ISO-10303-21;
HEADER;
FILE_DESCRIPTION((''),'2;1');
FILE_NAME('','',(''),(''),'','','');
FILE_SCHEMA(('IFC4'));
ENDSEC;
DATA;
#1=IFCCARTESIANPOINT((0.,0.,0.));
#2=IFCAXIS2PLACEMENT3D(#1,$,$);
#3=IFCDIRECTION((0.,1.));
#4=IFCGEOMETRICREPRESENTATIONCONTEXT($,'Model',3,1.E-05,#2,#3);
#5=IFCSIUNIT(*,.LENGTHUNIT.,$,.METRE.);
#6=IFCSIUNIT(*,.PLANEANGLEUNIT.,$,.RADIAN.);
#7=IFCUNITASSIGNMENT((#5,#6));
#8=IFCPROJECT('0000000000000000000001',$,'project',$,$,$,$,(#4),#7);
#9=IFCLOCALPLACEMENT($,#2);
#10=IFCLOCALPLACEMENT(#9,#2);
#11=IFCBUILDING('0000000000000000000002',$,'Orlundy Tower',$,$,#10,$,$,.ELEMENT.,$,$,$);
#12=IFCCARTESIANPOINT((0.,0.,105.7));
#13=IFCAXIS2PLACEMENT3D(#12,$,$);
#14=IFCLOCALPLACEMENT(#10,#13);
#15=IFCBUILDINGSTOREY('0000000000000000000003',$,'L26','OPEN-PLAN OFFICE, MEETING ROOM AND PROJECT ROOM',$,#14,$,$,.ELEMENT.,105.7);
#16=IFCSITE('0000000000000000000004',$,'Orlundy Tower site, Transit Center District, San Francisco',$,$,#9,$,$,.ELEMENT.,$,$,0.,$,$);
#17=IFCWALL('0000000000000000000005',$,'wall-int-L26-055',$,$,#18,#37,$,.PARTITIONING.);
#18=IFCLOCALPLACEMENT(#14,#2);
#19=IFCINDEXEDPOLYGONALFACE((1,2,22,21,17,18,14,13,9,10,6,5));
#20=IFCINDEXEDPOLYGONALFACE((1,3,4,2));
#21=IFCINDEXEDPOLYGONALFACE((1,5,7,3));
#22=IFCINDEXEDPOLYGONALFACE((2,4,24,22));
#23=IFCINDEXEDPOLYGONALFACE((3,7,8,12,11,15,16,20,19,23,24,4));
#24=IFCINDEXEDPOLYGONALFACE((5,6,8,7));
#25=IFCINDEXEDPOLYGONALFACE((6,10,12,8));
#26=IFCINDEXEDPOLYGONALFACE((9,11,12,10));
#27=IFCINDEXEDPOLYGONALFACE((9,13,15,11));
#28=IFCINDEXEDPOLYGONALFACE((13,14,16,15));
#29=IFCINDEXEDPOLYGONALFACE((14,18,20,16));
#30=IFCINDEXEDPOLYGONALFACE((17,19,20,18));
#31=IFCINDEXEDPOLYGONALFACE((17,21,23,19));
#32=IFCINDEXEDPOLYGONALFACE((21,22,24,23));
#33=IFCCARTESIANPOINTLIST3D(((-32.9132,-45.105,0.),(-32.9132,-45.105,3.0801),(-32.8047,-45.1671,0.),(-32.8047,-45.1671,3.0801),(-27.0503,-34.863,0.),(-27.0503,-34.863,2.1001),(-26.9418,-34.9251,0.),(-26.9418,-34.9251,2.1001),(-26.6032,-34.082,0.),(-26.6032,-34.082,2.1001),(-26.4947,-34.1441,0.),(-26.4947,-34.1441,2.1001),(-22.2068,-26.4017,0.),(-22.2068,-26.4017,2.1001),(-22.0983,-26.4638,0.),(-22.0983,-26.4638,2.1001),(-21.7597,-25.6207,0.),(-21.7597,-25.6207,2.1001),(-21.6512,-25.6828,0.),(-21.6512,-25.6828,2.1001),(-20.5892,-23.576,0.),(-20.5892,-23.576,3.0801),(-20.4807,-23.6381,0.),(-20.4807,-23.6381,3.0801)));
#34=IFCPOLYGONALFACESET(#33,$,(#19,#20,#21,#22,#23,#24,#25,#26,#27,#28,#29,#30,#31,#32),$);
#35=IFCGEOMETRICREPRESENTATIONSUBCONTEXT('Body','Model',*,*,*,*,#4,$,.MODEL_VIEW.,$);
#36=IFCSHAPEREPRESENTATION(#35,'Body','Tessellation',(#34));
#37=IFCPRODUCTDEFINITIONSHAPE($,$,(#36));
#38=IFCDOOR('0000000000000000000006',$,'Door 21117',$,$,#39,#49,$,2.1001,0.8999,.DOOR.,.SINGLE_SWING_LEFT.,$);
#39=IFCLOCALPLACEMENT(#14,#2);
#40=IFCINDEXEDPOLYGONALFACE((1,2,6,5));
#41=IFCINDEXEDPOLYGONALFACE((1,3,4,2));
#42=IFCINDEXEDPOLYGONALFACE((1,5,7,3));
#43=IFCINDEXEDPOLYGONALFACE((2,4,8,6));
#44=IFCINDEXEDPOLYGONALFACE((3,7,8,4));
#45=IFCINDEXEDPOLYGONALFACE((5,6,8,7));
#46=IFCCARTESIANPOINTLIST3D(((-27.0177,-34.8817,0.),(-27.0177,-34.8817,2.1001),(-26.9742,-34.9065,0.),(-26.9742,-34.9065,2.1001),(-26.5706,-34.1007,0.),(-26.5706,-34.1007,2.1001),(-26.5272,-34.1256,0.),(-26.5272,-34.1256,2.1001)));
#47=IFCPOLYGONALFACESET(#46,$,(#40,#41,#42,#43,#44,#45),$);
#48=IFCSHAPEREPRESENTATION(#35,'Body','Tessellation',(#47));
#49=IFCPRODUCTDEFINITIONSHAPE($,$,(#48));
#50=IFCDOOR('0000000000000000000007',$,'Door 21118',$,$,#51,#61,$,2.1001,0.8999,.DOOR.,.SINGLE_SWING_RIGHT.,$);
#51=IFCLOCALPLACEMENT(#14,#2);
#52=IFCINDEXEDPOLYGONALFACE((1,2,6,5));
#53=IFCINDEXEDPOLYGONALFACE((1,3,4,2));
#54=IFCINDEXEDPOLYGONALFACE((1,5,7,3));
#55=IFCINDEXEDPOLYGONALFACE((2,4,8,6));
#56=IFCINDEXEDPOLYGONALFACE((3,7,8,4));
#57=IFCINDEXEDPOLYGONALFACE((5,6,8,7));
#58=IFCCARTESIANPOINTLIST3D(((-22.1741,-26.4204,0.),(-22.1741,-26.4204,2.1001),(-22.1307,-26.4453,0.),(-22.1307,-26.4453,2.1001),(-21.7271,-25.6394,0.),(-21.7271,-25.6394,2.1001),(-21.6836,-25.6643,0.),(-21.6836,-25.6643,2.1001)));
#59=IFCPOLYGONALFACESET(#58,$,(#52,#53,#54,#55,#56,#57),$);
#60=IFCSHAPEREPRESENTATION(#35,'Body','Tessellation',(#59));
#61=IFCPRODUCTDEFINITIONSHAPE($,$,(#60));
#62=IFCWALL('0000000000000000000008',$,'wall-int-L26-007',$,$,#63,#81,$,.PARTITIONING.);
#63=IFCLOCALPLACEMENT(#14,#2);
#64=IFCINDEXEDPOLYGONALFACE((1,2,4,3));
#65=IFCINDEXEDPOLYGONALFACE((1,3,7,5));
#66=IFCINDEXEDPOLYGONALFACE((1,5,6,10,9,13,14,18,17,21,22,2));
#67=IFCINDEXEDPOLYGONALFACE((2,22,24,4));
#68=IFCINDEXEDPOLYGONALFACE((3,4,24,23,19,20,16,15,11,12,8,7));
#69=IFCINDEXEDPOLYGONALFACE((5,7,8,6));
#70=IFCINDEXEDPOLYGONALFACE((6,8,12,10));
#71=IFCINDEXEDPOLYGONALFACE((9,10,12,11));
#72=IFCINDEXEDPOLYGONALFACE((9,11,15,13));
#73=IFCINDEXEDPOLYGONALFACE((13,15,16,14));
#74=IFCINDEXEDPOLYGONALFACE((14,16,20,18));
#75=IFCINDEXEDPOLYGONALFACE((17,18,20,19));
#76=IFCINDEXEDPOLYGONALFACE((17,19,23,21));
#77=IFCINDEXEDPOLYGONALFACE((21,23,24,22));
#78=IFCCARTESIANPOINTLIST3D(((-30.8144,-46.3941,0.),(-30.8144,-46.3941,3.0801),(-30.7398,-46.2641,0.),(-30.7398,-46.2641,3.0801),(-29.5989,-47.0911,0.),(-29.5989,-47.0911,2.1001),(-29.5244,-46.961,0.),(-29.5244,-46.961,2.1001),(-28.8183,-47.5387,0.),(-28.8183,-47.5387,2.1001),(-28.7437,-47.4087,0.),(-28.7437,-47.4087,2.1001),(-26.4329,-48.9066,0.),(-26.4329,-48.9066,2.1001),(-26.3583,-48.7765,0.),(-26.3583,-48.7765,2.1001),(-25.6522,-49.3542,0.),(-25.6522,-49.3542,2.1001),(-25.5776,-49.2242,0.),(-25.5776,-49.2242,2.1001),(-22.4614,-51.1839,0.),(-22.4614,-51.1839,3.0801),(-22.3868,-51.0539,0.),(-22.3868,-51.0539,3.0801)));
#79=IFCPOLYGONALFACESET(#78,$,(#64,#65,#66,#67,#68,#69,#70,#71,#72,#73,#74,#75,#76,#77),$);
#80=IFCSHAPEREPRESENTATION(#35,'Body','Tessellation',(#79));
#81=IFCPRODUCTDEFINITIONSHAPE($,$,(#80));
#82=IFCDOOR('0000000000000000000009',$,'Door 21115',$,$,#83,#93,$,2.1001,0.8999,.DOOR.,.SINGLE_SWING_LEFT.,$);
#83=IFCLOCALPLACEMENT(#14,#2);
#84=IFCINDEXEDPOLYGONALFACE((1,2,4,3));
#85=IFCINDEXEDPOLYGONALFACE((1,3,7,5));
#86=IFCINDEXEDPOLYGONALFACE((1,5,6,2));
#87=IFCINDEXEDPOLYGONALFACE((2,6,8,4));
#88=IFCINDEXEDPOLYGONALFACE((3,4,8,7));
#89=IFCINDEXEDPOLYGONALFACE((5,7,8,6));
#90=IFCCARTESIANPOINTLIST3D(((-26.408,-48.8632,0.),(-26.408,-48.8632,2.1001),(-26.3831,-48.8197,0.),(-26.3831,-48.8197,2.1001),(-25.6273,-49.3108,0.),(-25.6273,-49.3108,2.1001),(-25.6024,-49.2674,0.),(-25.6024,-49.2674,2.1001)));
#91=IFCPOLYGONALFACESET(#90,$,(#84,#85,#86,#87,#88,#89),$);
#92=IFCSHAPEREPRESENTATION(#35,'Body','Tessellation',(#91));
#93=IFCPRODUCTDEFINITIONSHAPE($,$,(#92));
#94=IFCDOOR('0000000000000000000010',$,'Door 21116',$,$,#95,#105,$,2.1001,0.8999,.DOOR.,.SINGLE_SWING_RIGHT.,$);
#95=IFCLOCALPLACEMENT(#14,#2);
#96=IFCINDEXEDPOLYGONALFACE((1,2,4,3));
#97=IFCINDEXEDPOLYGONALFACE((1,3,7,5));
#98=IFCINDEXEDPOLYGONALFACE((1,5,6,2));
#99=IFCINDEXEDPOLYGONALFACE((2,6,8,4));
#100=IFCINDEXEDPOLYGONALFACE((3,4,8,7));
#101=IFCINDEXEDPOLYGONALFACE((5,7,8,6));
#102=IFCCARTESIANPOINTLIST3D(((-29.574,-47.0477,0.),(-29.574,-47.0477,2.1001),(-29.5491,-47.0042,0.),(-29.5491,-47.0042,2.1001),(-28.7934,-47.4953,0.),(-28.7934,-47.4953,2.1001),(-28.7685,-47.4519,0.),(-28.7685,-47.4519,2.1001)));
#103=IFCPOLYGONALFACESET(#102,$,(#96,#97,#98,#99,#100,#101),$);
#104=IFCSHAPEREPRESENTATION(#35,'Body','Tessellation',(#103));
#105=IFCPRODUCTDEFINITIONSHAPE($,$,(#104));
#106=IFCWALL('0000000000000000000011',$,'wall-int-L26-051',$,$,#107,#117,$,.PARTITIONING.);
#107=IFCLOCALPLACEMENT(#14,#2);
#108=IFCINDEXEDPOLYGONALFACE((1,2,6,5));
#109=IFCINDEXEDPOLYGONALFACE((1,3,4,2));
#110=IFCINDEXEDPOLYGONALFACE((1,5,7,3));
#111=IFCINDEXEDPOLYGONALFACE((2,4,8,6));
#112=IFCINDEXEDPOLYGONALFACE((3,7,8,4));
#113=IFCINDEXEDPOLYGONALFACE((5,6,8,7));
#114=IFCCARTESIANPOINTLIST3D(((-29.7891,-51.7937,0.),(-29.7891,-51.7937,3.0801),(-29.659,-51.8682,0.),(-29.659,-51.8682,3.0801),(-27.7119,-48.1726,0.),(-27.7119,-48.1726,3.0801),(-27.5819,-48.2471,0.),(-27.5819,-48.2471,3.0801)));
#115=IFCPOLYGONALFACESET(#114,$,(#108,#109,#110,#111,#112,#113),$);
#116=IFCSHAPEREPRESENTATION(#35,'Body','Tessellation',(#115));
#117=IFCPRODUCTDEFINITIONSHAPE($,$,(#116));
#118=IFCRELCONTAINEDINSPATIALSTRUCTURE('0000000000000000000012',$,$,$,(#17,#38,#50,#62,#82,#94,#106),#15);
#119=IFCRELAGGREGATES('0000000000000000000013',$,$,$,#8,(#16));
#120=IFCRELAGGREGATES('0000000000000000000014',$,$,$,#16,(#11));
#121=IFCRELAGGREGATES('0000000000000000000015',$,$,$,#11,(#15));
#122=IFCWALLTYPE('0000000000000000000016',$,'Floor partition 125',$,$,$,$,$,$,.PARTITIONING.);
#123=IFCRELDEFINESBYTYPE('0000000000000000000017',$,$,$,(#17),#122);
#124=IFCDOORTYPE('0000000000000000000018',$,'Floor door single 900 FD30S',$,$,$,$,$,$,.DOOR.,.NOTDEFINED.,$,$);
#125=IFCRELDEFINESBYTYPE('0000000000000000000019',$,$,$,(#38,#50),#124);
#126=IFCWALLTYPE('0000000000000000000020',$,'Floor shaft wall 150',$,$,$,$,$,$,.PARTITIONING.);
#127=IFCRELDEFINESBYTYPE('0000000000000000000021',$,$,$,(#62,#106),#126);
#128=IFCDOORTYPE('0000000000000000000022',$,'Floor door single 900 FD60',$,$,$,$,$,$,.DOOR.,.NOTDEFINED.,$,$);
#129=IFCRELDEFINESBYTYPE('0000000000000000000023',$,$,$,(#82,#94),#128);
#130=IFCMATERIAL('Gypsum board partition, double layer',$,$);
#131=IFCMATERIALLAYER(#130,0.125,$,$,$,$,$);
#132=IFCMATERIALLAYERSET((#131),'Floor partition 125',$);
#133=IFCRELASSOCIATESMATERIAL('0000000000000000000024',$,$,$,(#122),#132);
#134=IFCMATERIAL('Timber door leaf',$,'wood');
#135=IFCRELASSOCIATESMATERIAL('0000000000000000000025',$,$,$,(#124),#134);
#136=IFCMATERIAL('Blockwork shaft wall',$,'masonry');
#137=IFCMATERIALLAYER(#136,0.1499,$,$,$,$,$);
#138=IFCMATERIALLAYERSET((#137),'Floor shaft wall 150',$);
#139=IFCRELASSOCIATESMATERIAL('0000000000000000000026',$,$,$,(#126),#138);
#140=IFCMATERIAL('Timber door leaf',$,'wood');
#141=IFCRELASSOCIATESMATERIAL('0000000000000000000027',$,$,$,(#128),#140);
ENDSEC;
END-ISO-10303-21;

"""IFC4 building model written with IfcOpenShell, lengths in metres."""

from ifc_helpers import new_model, si_unit, direction, frame, frame_2d, origin, place, context, subcontext, project, spatial, rectangle, extrude, material, layer, layer_set, type_object, element, fill, save


model = new_model("IFC4")

# Units and contexts
model_context = context("Model", 3, precision=1e-05, world=origin(), true_north=direction((0.0, 1.0)))
body_context = subcontext(model_context, "Body", "Model", "MODEL_VIEW")
ifc_project = project(units=[si_unit("LENGTHUNIT", "METRE"), si_unit("PLANEANGLEUNIT", "RADIAN")], contexts=[model_context])

# Site, building, storey
site_placement = place(None, origin())
site = spatial("IfcSite", under=ifc_project, at=site_placement, Name="Orlundy Tower site, Transit Center District, San Francisco", CompositionType="ELEMENT", RefElevation=0.0)
building_placement = place(site_placement, origin())
building = spatial("IfcBuilding", under=site, at=building_placement, Name="Orlundy Tower", CompositionType="ELEMENT")
storey_placement = place(building_placement, frame((0.0, 0.0, 105.7)))
storey = spatial("IfcBuildingStorey", under=building, at=storey_placement, Name="L26", Description="OPEN-PLAN OFFICE, MEETING ROOM AND PROJECT ROOM", CompositionType="ELEMENT", Elevation=105.7)

# Shared definitions
ifc_material_1 = material(Name="Gypsum board partition, double layer")
ifc_layer_1 = layer(ifc_material_1, 0.125)
ifc_layer_set_1 = layer_set([ifc_layer_1], Name="Floor partition 125")
wall_type_1 = type_object("IfcWallType", Name="Floor partition 125", PredefinedType="PARTITIONING", material=ifc_layer_set_1)

# Walls, openings, doors
ifc_material_2 = material(Name="Timber door leaf", Category="wood")
door_type_1 = type_object("IfcDoorType", Name="Floor door single 900 FD30S", OperationType="NOTDEFINED", PredefinedType="DOOR", material=ifc_material_2)
wall_1_placement = place(storey_placement, frame((-32.8589, -45.136, 0.0), z_axis=(0.0, 0.0, 1.0), x_axis=(0.496797, 0.867867, 0.0)))
wall_1 = element("IfcWall", 1, at=wall_1_placement, inside=storey, type_object=wall_type_1, Name="wall-int-L26-055", PredefinedType="PARTITIONING", context=body_context, shape_type="SweptSolid", body=[
    extrude(rectangle(XDim=24.8069, YDim=0.125, at=frame_2d((12.4033, 0.0))), origin(), (0.0, 0.0, 1.0), 3.0801),
])
opening_1_placement = place(wall_1_placement, frame((11.8013, 0.0, 0.0)))
opening_1 = element("IfcOpeningElement", 2, at=opening_1_placement, cuts=wall_1, PredefinedType="OPENING", context=body_context, shape_type="SweptSolid", body=[
    extrude(rectangle(XDim=0.8999, YDim=2.1001, at=frame_2d((0.45, 1.05))), frame((0.0, 0.0725, 0.0), z_axis=(0.0, -1.0, 0.0), x_axis=(1.0, 0.0, 0.0)), (0.0, 0.0, 1.0), 0.145),
])
opening_2_placement = place(wall_1_placement, frame((21.5508, 0.0, 0.0)))
opening_2 = element("IfcOpeningElement", 3, at=opening_2_placement, cuts=wall_1, PredefinedType="OPENING", context=body_context, shape_type="SweptSolid", body=[
    extrude(rectangle(XDim=0.8999, YDim=2.1001, at=frame_2d((0.45, 1.05))), frame((0.0, 0.0725, 0.0), z_axis=(0.0, -1.0, 0.0), x_axis=(1.0, 0.0, 0.0)), (0.0, 0.0, 1.0), 0.145),
])
door_1_placement = place(opening_1_placement, origin())
door_1 = element("IfcDoor", 4, at=door_1_placement, inside=storey, type_object=door_type_1, Name="Door 21117", OperationType="SINGLE_SWING_LEFT", OverallHeight=2.1001, OverallWidth=0.8999, PredefinedType="DOOR", context=body_context, shape_type="SweptSolid", body=[
    extrude(rectangle(XDim=0.8999, YDim=2.1001, at=frame_2d((0.45, 1.05))), frame((0.0, 0.0249, 0.0), z_axis=(0.0, -1.0, 0.0), x_axis=(1.0, 0.0, 0.0)), (0.0, 0.0, 1.0), 0.05),
])
fill(opening_1, door_1)
door_2_placement = place(opening_2_placement, origin())
door_2 = element("IfcDoor", 5, at=door_2_placement, inside=storey, type_object=door_type_1, Name="Door 21118", OperationType="SINGLE_SWING_RIGHT", OverallHeight=2.1001, OverallWidth=0.8999, PredefinedType="DOOR", context=body_context, shape_type="SweptSolid", body=[
    extrude(rectangle(XDim=0.8999, YDim=2.1001, at=frame_2d((0.45, 1.05))), frame((0.0, 0.0249, 0.0), z_axis=(0.0, -1.0, 0.0), x_axis=(1.0, 0.0, 0.0)), (0.0, 0.0, 1.0), 0.05),
])
fill(opening_2, door_2)
ifc_material_3 = material(Name="Blockwork shaft wall", Category="masonry")
ifc_layer_2 = layer(ifc_material_3, 0.1499)
ifc_layer_set_2 = layer_set([ifc_layer_2], Name="Floor shaft wall 150")
wall_type_2 = type_object("IfcWallType", Name="Floor shaft wall 150", PredefinedType="PARTITIONING", material=ifc_layer_set_2)
wall_2_placement = place(storey_placement, frame((-22.4241, -51.1189, 0.0), z_axis=(0.0, 0.0, 1.0), x_axis=(-0.867498, 0.497441, 0.0)))
wall_2 = element("IfcWall", 6, at=wall_2_placement, inside=storey, type_object=wall_type_2, Name="wall-int-L26-007", PredefinedType="PARTITIONING", context=body_context, shape_type="SweptSolid", body=[
    extrude(rectangle(XDim=9.6289, YDim=0.1499, at=frame_2d((4.8145, 0.0))), origin(), (0.0, 0.0, 1.0), 3.0801),
])
opening_3_placement = place(wall_2_placement, frame((3.6782, 0.0, 0.0)))
opening_3 = element("IfcOpeningElement", 7, at=opening_3_placement, cuts=wall_2, PredefinedType="OPENING", context=body_context, shape_type="SweptSolid", body=[
    extrude(rectangle(XDim=0.8999, YDim=2.1001, at=frame_2d((0.45, 1.05))), frame((0.0, 0.085, 0.0), z_axis=(0.0, -1.0, 0.0), x_axis=(1.0, 0.0, 0.0)), (0.0, 0.0, 1.0), 0.1699),
])
opening_4_placement = place(wall_2_placement, frame((7.3279, 0.0, 0.0)))
opening_4 = element("IfcOpeningElement", 8, at=opening_4_placement, cuts=wall_2, PredefinedType="OPENING", context=body_context, shape_type="SweptSolid", body=[
    extrude(rectangle(XDim=0.8999, YDim=2.1001, at=frame_2d((0.45, 1.05))), frame((0.0, 0.085, 0.0), z_axis=(0.0, -1.0, 0.0), x_axis=(1.0, 0.0, 0.0)), (0.0, 0.0, 1.0), 0.1699),
])
ifc_material_4 = material(Name="Timber door leaf", Category="wood")
door_type_2 = type_object("IfcDoorType", Name="Floor door single 900 FD60", OperationType="NOTDEFINED", PredefinedType="DOOR", material=ifc_material_4)
door_3_placement = place(opening_3_placement, origin())
door_3 = element("IfcDoor", 9, at=door_3_placement, inside=storey, type_object=door_type_2, Name="Door 21115", OperationType="SINGLE_SWING_LEFT", OverallHeight=2.1001, OverallWidth=0.8999, PredefinedType="DOOR", context=body_context, shape_type="SweptSolid", body=[
    extrude(rectangle(XDim=0.8999, YDim=2.1001, at=frame_2d((0.45, 1.05))), frame((0.0, 0.0249, 0.0), z_axis=(0.0, -1.0, 0.0), x_axis=(1.0, 0.0, 0.0)), (0.0, 0.0, 1.0), 0.05),
])
fill(opening_3, door_3)
door_4_placement = place(opening_4_placement, origin())
door_4 = element("IfcDoor", 10, at=door_4_placement, inside=storey, type_object=door_type_2, Name="Door 21116", OperationType="SINGLE_SWING_RIGHT", OverallHeight=2.1001, OverallWidth=0.8999, PredefinedType="DOOR", context=body_context, shape_type="SweptSolid", body=[
    extrude(rectangle(XDim=0.8999, YDim=2.1001, at=frame_2d((0.45, 1.05))), frame((0.0, 0.0249, 0.0), z_axis=(0.0, -1.0, 0.0), x_axis=(1.0, 0.0, 0.0)), (0.0, 0.0, 1.0), 0.05),
])
fill(opening_4, door_4)

# Wall
wall_3_placement = place(storey_placement, frame((-29.7241, -51.8311, 0.0), z_axis=(0.0, 0.0, 1.0), x_axis=(0.497574, 0.867421, 0.0)))
element("IfcWall", 11, at=wall_3_placement, inside=storey, type_object=wall_type_2, Name="wall-int-L26-051", PredefinedType="PARTITIONING", context=body_context, shape_type="SweptSolid", body=[
    extrude(rectangle(XDim=4.1746, YDim=0.1499, at=frame_2d((2.0874, 0.0))), origin(), (0.0, 0.0, 1.0), 3.0801),
])

save(model, "model.ifc")
